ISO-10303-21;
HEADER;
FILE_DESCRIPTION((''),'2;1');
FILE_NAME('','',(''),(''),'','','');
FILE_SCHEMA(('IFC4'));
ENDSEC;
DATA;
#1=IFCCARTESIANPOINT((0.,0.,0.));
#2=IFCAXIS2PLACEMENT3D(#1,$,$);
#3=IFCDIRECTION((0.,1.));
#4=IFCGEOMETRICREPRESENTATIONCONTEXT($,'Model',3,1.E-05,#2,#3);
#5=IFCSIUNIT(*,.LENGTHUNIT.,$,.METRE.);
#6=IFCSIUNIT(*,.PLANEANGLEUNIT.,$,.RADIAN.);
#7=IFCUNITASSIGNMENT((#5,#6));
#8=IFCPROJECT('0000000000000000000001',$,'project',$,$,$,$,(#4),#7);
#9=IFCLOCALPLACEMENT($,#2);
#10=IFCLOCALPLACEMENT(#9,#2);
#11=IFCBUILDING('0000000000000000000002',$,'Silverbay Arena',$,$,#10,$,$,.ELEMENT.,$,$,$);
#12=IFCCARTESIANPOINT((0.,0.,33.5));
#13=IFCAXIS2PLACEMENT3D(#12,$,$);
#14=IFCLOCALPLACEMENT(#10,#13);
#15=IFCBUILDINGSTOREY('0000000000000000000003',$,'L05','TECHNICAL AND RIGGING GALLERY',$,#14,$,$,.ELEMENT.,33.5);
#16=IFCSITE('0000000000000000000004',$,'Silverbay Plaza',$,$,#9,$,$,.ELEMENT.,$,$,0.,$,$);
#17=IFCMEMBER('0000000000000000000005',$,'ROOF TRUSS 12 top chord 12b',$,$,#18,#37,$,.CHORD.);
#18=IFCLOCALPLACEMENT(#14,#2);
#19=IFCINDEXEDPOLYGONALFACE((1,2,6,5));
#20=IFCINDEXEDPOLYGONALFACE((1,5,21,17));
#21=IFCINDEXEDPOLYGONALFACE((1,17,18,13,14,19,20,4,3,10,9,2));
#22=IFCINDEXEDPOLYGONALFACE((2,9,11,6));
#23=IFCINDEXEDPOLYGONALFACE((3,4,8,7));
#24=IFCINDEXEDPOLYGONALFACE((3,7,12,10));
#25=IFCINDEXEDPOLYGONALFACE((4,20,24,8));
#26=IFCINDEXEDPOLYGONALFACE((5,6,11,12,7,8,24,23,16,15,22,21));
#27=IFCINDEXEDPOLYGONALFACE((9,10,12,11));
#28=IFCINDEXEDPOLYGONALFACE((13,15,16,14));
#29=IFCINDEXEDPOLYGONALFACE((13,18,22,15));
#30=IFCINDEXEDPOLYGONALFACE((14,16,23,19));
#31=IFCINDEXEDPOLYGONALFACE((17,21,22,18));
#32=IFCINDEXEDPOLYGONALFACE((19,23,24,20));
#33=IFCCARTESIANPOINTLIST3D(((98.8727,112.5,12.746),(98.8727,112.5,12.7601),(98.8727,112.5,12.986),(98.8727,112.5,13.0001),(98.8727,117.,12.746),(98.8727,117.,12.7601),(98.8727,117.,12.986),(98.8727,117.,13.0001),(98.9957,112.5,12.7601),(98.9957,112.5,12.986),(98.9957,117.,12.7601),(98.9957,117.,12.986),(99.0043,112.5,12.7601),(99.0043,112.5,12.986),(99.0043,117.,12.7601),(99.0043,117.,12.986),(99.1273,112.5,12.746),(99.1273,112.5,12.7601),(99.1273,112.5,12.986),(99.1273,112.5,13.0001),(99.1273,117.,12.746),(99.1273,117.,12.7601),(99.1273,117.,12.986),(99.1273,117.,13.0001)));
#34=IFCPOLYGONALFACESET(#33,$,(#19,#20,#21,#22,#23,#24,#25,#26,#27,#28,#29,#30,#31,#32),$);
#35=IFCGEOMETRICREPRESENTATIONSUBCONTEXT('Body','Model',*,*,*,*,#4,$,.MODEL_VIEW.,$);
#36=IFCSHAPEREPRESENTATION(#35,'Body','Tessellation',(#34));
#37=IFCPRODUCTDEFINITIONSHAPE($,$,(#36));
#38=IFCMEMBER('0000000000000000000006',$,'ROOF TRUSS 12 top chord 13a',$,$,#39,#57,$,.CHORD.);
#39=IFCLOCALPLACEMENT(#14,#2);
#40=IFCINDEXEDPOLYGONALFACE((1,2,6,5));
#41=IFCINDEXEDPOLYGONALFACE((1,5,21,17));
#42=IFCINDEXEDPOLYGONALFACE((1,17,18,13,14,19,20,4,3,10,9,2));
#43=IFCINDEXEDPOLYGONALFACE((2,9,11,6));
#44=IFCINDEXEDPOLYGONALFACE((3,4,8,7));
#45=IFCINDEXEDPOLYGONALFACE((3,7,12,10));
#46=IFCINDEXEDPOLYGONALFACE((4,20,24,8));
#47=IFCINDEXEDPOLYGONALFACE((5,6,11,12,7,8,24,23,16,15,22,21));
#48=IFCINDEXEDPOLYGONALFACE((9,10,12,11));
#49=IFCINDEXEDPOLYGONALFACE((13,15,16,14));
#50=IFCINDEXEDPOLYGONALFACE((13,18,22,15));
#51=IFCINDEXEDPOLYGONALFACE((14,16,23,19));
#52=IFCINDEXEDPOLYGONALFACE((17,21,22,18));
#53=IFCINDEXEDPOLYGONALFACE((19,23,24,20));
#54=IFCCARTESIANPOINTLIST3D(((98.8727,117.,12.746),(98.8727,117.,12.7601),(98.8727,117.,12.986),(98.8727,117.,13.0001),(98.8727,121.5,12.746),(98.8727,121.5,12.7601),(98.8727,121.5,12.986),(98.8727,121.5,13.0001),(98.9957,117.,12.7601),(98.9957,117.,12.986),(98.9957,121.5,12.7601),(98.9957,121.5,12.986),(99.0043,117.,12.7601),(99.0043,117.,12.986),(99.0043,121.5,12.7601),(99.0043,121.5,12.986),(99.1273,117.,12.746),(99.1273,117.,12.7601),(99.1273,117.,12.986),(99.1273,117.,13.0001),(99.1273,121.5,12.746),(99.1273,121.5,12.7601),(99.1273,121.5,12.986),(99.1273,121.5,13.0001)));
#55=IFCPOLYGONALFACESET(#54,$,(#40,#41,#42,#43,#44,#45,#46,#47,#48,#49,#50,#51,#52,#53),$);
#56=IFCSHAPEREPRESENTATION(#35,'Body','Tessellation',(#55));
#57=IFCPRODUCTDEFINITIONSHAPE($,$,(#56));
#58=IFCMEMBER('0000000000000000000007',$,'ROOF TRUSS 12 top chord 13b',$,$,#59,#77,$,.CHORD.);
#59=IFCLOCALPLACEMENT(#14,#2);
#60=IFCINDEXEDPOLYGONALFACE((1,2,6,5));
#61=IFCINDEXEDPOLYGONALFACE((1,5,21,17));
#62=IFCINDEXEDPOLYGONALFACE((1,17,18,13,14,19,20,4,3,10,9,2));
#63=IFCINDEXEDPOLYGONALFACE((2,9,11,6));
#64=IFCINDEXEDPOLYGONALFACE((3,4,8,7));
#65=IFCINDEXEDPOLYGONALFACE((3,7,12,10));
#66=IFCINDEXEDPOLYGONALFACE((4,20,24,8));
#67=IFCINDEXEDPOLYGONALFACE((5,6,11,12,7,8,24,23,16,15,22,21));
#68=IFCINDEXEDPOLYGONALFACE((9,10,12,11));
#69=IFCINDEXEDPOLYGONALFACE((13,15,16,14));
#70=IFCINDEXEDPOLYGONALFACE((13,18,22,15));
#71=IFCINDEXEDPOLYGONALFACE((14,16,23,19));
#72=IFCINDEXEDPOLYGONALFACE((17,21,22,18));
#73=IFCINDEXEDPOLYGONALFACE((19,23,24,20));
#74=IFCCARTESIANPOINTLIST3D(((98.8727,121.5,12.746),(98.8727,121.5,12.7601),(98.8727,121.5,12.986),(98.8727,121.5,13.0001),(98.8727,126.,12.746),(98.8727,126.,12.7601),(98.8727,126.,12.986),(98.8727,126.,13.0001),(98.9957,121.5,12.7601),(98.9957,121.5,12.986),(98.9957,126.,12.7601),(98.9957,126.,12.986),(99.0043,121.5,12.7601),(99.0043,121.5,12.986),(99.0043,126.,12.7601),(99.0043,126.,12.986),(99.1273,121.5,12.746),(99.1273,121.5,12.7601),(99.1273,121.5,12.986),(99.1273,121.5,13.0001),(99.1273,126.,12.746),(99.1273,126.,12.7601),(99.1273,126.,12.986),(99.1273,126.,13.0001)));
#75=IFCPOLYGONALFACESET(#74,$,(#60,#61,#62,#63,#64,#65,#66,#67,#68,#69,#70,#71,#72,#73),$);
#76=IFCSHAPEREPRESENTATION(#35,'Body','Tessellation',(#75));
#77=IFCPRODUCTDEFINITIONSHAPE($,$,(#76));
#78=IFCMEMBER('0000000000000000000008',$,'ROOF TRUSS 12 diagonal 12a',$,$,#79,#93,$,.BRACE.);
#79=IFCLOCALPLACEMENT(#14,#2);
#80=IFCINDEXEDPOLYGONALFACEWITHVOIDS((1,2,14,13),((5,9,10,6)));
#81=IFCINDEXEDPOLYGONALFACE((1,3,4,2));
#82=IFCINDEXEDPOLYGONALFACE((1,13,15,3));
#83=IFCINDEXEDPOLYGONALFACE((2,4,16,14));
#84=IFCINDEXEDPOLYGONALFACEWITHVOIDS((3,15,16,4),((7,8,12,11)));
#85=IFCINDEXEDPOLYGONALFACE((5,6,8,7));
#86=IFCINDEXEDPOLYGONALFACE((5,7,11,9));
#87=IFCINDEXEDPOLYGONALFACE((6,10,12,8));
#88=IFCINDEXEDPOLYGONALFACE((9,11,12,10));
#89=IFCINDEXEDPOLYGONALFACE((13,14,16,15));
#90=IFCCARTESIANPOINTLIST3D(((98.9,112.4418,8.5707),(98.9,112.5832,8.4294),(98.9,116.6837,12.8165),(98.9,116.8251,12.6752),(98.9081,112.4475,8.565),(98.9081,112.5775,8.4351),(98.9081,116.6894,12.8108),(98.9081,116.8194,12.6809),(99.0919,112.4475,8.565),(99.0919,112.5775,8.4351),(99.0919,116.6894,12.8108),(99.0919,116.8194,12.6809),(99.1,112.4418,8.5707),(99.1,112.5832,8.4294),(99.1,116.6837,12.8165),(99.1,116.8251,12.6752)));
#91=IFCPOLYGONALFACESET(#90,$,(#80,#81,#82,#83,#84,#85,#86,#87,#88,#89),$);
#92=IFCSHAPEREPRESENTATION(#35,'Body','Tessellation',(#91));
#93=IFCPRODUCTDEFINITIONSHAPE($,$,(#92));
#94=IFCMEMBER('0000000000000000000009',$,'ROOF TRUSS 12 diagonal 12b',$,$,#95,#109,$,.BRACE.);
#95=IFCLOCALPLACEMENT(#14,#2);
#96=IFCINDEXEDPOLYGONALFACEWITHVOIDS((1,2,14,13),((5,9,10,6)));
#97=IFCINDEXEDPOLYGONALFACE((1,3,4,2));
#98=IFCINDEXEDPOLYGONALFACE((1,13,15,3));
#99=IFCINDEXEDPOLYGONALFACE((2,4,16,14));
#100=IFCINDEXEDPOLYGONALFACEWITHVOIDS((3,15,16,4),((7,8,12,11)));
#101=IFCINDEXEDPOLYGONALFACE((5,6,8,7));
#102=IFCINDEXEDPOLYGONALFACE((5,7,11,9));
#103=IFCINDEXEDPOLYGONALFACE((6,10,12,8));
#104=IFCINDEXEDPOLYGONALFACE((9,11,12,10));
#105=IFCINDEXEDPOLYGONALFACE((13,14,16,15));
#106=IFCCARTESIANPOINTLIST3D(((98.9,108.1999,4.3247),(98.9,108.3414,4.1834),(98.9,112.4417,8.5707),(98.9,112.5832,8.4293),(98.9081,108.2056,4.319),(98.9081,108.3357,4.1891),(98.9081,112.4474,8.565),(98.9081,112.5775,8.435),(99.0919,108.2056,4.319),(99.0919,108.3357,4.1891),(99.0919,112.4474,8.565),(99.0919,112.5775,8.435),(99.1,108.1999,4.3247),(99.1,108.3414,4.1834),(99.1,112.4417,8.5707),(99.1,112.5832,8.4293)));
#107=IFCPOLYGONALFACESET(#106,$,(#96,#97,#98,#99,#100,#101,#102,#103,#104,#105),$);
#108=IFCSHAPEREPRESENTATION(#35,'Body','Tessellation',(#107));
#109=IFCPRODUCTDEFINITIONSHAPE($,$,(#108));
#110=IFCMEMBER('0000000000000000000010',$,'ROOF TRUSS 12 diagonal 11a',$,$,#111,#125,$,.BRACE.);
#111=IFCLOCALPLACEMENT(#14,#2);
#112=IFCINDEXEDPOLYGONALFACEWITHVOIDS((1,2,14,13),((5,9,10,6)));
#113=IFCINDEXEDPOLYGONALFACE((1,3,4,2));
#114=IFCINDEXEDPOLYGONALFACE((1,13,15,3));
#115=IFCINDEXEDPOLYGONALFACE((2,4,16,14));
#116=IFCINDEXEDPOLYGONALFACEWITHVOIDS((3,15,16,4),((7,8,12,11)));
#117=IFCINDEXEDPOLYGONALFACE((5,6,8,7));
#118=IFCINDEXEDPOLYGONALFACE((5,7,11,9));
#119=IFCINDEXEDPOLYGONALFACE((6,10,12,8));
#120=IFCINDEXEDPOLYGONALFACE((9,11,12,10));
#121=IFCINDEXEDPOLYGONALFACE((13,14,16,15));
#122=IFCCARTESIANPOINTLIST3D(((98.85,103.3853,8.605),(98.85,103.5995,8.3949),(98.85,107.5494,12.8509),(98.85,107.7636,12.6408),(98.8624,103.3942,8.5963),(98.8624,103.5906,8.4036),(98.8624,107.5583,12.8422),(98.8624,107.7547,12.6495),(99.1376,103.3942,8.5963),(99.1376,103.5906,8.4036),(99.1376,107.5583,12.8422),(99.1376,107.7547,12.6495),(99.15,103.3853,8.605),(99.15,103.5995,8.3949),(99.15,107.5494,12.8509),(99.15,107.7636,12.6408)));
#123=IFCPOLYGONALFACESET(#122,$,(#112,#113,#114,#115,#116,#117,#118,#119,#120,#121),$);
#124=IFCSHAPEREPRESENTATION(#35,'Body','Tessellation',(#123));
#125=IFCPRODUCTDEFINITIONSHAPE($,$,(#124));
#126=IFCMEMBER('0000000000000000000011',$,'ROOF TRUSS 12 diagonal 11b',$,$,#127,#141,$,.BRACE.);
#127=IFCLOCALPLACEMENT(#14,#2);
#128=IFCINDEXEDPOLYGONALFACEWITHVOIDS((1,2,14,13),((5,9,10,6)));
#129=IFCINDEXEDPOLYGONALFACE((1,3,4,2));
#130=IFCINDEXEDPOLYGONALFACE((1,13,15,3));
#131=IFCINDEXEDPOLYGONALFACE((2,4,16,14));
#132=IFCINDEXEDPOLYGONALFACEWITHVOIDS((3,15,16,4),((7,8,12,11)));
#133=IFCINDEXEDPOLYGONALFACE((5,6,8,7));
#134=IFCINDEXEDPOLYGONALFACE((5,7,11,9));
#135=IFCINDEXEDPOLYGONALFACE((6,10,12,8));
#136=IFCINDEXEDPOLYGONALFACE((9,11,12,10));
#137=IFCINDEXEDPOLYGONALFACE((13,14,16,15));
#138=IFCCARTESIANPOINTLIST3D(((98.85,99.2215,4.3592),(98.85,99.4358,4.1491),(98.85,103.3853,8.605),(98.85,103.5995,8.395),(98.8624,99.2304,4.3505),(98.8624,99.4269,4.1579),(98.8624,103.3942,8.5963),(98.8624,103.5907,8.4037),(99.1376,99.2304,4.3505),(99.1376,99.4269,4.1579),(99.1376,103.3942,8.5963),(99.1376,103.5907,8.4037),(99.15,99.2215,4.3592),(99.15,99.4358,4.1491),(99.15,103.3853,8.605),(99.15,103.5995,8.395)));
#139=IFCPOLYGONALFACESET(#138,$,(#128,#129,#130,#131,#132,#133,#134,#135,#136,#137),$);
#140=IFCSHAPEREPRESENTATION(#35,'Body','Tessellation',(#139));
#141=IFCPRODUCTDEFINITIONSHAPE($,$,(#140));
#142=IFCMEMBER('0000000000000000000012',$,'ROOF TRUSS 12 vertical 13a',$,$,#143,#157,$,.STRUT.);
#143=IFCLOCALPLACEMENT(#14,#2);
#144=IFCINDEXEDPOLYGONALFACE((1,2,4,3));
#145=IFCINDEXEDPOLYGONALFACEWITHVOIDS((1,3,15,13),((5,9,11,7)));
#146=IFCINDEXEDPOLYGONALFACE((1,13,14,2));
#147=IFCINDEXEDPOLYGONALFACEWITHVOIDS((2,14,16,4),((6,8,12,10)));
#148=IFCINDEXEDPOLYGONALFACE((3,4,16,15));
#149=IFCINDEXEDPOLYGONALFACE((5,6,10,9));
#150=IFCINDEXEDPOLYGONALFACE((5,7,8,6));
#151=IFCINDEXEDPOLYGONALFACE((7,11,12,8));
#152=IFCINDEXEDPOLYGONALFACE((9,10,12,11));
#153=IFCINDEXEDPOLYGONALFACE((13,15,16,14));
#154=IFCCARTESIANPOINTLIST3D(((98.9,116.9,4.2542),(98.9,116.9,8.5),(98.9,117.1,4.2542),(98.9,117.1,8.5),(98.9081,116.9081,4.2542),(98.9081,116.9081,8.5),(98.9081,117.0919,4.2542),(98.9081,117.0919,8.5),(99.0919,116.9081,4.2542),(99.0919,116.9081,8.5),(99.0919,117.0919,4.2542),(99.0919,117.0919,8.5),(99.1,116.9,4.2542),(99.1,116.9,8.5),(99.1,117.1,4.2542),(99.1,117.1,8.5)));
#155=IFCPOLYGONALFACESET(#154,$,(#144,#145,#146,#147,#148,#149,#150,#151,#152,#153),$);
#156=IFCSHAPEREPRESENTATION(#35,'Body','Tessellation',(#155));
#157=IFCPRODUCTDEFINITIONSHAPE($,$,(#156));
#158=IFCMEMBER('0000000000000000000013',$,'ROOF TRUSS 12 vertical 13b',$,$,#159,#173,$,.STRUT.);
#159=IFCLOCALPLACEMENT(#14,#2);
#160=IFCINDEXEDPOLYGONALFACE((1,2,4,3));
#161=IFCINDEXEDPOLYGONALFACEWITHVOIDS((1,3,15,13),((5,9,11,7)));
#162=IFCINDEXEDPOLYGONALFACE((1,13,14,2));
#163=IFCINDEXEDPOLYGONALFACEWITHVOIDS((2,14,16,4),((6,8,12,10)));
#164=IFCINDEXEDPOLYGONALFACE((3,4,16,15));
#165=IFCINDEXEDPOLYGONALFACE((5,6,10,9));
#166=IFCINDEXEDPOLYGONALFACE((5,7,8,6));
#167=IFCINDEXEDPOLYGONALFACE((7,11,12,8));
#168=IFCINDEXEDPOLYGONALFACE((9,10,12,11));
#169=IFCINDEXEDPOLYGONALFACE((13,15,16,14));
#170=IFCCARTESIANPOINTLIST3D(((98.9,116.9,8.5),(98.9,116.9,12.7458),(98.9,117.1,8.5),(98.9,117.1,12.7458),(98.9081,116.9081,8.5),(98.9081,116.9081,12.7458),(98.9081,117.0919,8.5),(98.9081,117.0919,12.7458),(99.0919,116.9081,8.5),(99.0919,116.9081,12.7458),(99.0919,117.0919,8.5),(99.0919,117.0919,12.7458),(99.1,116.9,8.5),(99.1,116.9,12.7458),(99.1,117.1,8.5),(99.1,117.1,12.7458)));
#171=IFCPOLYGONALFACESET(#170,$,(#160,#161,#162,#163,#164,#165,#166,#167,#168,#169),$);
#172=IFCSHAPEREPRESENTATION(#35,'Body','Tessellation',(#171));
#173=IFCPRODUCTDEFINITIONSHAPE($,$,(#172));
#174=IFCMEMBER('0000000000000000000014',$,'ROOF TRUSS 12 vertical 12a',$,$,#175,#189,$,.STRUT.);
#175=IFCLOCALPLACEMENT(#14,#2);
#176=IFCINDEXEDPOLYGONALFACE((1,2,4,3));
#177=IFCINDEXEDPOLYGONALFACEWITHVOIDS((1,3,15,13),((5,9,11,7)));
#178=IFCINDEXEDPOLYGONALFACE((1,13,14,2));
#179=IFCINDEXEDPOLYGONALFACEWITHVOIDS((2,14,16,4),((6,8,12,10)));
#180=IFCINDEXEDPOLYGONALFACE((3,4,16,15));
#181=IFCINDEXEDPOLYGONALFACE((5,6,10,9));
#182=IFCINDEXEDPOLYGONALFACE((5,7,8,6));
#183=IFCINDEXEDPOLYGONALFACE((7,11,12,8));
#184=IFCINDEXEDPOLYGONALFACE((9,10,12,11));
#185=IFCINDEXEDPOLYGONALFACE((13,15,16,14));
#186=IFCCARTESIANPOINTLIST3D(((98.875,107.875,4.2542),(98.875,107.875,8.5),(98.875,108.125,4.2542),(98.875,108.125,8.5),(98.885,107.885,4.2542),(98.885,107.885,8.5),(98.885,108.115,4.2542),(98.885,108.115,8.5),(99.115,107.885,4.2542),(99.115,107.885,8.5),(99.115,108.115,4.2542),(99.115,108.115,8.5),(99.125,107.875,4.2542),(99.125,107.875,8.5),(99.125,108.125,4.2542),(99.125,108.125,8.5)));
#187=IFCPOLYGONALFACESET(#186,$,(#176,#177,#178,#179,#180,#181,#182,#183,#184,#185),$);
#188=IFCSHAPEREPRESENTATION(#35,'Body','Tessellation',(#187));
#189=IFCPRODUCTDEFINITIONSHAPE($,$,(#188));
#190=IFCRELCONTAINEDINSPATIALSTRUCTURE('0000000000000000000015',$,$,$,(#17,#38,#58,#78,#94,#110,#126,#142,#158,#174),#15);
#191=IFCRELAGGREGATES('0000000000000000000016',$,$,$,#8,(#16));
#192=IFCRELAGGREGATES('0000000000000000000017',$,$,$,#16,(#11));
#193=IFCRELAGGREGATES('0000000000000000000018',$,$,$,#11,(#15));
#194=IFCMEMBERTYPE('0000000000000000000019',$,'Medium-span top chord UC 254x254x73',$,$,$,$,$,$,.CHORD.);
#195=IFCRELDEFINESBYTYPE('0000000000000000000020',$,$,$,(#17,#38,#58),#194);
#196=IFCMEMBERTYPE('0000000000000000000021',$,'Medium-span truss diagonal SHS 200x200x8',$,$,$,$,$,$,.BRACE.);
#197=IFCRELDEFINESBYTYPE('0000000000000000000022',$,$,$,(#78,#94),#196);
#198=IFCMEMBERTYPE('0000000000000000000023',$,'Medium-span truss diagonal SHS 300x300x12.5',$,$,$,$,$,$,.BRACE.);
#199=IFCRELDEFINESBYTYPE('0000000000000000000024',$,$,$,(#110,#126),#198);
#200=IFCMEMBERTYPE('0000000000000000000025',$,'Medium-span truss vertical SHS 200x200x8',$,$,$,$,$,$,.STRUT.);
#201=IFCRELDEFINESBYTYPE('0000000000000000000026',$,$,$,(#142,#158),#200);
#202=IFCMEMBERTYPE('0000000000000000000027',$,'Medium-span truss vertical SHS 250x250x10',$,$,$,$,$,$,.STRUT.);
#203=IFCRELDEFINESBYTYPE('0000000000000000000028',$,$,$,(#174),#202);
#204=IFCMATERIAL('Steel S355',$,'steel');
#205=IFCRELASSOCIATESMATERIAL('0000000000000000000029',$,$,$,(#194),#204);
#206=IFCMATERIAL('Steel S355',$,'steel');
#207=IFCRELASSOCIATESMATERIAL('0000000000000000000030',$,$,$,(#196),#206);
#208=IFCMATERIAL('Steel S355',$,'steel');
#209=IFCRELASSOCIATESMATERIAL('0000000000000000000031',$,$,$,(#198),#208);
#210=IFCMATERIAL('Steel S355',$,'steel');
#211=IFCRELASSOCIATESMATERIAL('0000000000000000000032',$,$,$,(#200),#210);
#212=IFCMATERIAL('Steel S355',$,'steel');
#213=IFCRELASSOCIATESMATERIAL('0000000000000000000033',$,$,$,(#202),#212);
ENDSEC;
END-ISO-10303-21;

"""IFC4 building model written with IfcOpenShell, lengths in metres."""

from ifc_helpers import new_model, si_unit, direction, frame, origin, origin_2d, place, context, subcontext, project, spatial, hollow_rectangle, i_section, extrude, material, material_profile, profile_set, type_object, element, save


model = new_model("IFC4")

# Units and contexts
model_context = context("Model", 3, precision=1e-05, world=origin(), true_north=direction((0.0, 1.0)))
body_context = subcontext(model_context, "Body", "Model", "MODEL_VIEW")
ifc_project = project(units=[si_unit("LENGTHUNIT", "METRE"), si_unit("PLANEANGLEUNIT", "RADIAN")], contexts=[model_context])

# Site, building, storey
site_placement = place(None, origin())
site = spatial("IfcSite", under=ifc_project, at=site_placement, Name="Silverbay Plaza", CompositionType="ELEMENT", RefElevation=0.0)
building_placement = place(site_placement, origin())
building = spatial("IfcBuilding", under=site, at=building_placement, Name="Silverbay Arena", CompositionType="ELEMENT")
storey_placement = place(building_placement, frame((0.0, 0.0, 33.5)))
storey = spatial("IfcBuildingStorey", under=building, at=storey_placement, Name="L05", Description="TECHNICAL AND RIGGING GALLERY", CompositionType="ELEMENT", Elevation=33.5)

# Members
ifc_material_1 = material(Name="Steel S355", Category="steel")
ifc_material_profile_1 = material_profile(ifc_material_1, i_section(OverallWidth=0.2546, OverallDepth=0.2542, WebThickness=0.0085, FlangeThickness=0.0142, at=origin_2d()), Name="UC 254x254x73")
ifc_profile_set_1 = profile_set([ifc_material_profile_1], Name="Steel S355")
member_type_1 = type_object("IfcMemberType", Name="Medium-span top chord UC 254x254x73", PredefinedType="CHORD", material=ifc_profile_set_1)
for number, where, z_axis, x_axis, name in (
    (1, (99.0, 112.5, 12.873), (0.0, 1.0, 0.0), (-1.0, 0.0, 0.0), "ROOF TRUSS 12 top chord 12b"),
    (2, (99.0, 117.0, 12.873), (0.0, 1.0, 0.0), (-1.0, 0.0, 0.0), "ROOF TRUSS 12 top chord 13a"),
    (3, (99.0, 121.5, 12.873), (0.0, 1.0, 0.0), (-1.0, 0.0, 0.0), "ROOF TRUSS 12 top chord 13b"),
):
    element("IfcMember", number, at=place(storey_placement, frame(where, z_axis=z_axis, x_axis=x_axis)), inside=storey, type_object=member_type_1, Name=name, PredefinedType="CHORD", context=body_context, shape_type="SweptSolid", body=[
        extrude(i_section(OverallWidth=0.2546, OverallDepth=0.2542, WebThickness=0.0085, FlangeThickness=0.0142, at=origin_2d()), origin(), (0.0, 0.0, 1.0), 4.5),
    ])
ifc_material_2 = material(Name="Steel S355", Category="steel")
ifc_material_profile_2 = material_profile(ifc_material_2, hollow_rectangle(XDim=0.2, YDim=0.2, WallThickness=0.0081, at=origin_2d()), Name="SHS 200x200x8")
ifc_profile_set_2 = profile_set([ifc_material_profile_2], Name="Steel S355")
member_type_2 = type_object("IfcMemberType", Name="Medium-span truss diagonal SHS 200x200x8", PredefinedType="BRACE", material=ifc_profile_set_2)
for number, where, z_axis, x_axis, name in (
    (4, (99.0, 116.7544, 12.7458), (0.0, -0.706781, -0.707432), (1.0, 0.0, 0.0), "ROOF TRUSS 12 diagonal 12a"),
    (5, (99.0, 112.5125, 8.5), (0.0, -0.706761, -0.707452), (1.0, 0.0, 0.0), "ROOF TRUSS 12 diagonal 12b"),
):
    element("IfcMember", number, at=place(storey_placement, frame(where, z_axis=z_axis, x_axis=x_axis)), inside=storey, type_object=member_type_2, Name=name, PredefinedType="BRACE", context=body_context, shape_type="SweptSolid", body=[
        extrude(hollow_rectangle(XDim=0.2, YDim=0.2, WallThickness=0.0081, at=origin_2d()), origin(), (0.0, 0.0, 1.0), 6.0017),
    ])
ifc_material_3 = material(Name="Steel S355", Category="steel")
ifc_material_profile_3 = material_profile(ifc_material_3, hollow_rectangle(XDim=0.3, YDim=0.3, WallThickness=0.0125, at=origin_2d()), Name="SHS 300x300x12.5")
ifc_profile_set_3 = profile_set([ifc_material_profile_3], Name="Steel S355")
member_type_3 = type_object("IfcMemberType", Name="Medium-span truss diagonal SHS 300x300x12.5", PredefinedType="BRACE", material=ifc_profile_set_3)
member_1_placement = place(storey_placement, frame((99.0, 107.6565, 12.7458), z_axis=(0.0, -0.700197, -0.71395), x_axis=(1.0, 0.0, 0.0)))
element("IfcMember", 6, at=member_1_placement, inside=storey, type_object=member_type_3, Name="ROOF TRUSS 12 diagonal 11a", PredefinedType="BRACE", context=body_context, shape_type="SweptSolid", body=[
    extrude(hollow_rectangle(XDim=0.3, YDim=0.3, WallThickness=0.0125, at=origin_2d()), origin(), (0.0, 0.0, 1.0), 5.947),
])
member_2_placement = place(storey_placement, frame((99.0, 103.4924, 8.5), z_axis=(0.0, -0.700176, -0.71397), x_axis=(1.0, 0.0, 0.0)))
element("IfcMember", 7, at=member_2_placement, inside=storey, type_object=member_type_3, Name="ROOF TRUSS 12 diagonal 11b", PredefinedType="BRACE", context=body_context, shape_type="SweptSolid", body=[
    extrude(hollow_rectangle(XDim=0.3, YDim=0.3, WallThickness=0.0125, at=origin_2d()), origin(), (0.0, 0.0, 1.0), 5.9468),
])
ifc_material_4 = material(Name="Steel S355", Category="steel")
ifc_material_profile_4 = material_profile(ifc_material_4, hollow_rectangle(XDim=0.2, YDim=0.2, WallThickness=0.0081, at=origin_2d()), Name="SHS 200x200x8")
ifc_profile_set_4 = profile_set([ifc_material_profile_4], Name="Steel S355")
member_type_4 = type_object("IfcMemberType", Name="Medium-span truss vertical SHS 200x200x8", PredefinedType="STRUT", material=ifc_profile_set_4)
for number, where, z_axis, x_axis, name in (
    (8, (99.0, 117.0, 4.2542), (0.0, 0.0, 1.0), (1.0, 0.0, 0.0), "ROOF TRUSS 12 vertical 13a"),
    (9, (99.0, 117.0, 8.5), (0.0, 0.0, 1.0), (1.0, 0.0, 0.0), "ROOF TRUSS 12 vertical 13b"),
):
    element("IfcMember", number, at=place(storey_placement, frame(where, z_axis=z_axis, x_axis=x_axis)), inside=storey, type_object=member_type_4, Name=name, PredefinedType="STRUT", context=body_context, shape_type="SweptSolid", body=[
        extrude(hollow_rectangle(XDim=0.2, YDim=0.2, WallThickness=0.0081, at=origin_2d()), origin(), (0.0, 0.0, 1.0), 4.2458),
    ])
ifc_material_5 = material(Name="Steel S355", Category="steel")
ifc_material_profile_5 = material_profile(ifc_material_5, hollow_rectangle(XDim=0.25, YDim=0.25, WallThickness=0.01, at=origin_2d()), Name="SHS 250x250x10")
ifc_profile_set_5 = profile_set([ifc_material_profile_5], Name="Steel S355")
member_type_5 = type_object("IfcMemberType", Name="Medium-span truss vertical SHS 250x250x10", PredefinedType="STRUT", material=ifc_profile_set_5)
for number, where, z_axis, x_axis, name in (
    (10, (99.0, 108.0, 4.2542), (0.0, 0.0, 1.0), (1.0, 0.0, 0.0), "ROOF TRUSS 12 vertical 12a"),
):
    element("IfcMember", number, at=place(storey_placement, frame(where, z_axis=z_axis, x_axis=x_axis)), inside=storey, type_object=member_type_5, Name=name, PredefinedType="STRUT", context=body_context, shape_type="SweptSolid", body=[
        extrude(hollow_rectangle(XDim=0.25, YDim=0.25, WallThickness=0.01, at=origin_2d()), origin(), (0.0, 0.0, 1.0), 4.2458),
    ])

save(model, "model.ifc")
